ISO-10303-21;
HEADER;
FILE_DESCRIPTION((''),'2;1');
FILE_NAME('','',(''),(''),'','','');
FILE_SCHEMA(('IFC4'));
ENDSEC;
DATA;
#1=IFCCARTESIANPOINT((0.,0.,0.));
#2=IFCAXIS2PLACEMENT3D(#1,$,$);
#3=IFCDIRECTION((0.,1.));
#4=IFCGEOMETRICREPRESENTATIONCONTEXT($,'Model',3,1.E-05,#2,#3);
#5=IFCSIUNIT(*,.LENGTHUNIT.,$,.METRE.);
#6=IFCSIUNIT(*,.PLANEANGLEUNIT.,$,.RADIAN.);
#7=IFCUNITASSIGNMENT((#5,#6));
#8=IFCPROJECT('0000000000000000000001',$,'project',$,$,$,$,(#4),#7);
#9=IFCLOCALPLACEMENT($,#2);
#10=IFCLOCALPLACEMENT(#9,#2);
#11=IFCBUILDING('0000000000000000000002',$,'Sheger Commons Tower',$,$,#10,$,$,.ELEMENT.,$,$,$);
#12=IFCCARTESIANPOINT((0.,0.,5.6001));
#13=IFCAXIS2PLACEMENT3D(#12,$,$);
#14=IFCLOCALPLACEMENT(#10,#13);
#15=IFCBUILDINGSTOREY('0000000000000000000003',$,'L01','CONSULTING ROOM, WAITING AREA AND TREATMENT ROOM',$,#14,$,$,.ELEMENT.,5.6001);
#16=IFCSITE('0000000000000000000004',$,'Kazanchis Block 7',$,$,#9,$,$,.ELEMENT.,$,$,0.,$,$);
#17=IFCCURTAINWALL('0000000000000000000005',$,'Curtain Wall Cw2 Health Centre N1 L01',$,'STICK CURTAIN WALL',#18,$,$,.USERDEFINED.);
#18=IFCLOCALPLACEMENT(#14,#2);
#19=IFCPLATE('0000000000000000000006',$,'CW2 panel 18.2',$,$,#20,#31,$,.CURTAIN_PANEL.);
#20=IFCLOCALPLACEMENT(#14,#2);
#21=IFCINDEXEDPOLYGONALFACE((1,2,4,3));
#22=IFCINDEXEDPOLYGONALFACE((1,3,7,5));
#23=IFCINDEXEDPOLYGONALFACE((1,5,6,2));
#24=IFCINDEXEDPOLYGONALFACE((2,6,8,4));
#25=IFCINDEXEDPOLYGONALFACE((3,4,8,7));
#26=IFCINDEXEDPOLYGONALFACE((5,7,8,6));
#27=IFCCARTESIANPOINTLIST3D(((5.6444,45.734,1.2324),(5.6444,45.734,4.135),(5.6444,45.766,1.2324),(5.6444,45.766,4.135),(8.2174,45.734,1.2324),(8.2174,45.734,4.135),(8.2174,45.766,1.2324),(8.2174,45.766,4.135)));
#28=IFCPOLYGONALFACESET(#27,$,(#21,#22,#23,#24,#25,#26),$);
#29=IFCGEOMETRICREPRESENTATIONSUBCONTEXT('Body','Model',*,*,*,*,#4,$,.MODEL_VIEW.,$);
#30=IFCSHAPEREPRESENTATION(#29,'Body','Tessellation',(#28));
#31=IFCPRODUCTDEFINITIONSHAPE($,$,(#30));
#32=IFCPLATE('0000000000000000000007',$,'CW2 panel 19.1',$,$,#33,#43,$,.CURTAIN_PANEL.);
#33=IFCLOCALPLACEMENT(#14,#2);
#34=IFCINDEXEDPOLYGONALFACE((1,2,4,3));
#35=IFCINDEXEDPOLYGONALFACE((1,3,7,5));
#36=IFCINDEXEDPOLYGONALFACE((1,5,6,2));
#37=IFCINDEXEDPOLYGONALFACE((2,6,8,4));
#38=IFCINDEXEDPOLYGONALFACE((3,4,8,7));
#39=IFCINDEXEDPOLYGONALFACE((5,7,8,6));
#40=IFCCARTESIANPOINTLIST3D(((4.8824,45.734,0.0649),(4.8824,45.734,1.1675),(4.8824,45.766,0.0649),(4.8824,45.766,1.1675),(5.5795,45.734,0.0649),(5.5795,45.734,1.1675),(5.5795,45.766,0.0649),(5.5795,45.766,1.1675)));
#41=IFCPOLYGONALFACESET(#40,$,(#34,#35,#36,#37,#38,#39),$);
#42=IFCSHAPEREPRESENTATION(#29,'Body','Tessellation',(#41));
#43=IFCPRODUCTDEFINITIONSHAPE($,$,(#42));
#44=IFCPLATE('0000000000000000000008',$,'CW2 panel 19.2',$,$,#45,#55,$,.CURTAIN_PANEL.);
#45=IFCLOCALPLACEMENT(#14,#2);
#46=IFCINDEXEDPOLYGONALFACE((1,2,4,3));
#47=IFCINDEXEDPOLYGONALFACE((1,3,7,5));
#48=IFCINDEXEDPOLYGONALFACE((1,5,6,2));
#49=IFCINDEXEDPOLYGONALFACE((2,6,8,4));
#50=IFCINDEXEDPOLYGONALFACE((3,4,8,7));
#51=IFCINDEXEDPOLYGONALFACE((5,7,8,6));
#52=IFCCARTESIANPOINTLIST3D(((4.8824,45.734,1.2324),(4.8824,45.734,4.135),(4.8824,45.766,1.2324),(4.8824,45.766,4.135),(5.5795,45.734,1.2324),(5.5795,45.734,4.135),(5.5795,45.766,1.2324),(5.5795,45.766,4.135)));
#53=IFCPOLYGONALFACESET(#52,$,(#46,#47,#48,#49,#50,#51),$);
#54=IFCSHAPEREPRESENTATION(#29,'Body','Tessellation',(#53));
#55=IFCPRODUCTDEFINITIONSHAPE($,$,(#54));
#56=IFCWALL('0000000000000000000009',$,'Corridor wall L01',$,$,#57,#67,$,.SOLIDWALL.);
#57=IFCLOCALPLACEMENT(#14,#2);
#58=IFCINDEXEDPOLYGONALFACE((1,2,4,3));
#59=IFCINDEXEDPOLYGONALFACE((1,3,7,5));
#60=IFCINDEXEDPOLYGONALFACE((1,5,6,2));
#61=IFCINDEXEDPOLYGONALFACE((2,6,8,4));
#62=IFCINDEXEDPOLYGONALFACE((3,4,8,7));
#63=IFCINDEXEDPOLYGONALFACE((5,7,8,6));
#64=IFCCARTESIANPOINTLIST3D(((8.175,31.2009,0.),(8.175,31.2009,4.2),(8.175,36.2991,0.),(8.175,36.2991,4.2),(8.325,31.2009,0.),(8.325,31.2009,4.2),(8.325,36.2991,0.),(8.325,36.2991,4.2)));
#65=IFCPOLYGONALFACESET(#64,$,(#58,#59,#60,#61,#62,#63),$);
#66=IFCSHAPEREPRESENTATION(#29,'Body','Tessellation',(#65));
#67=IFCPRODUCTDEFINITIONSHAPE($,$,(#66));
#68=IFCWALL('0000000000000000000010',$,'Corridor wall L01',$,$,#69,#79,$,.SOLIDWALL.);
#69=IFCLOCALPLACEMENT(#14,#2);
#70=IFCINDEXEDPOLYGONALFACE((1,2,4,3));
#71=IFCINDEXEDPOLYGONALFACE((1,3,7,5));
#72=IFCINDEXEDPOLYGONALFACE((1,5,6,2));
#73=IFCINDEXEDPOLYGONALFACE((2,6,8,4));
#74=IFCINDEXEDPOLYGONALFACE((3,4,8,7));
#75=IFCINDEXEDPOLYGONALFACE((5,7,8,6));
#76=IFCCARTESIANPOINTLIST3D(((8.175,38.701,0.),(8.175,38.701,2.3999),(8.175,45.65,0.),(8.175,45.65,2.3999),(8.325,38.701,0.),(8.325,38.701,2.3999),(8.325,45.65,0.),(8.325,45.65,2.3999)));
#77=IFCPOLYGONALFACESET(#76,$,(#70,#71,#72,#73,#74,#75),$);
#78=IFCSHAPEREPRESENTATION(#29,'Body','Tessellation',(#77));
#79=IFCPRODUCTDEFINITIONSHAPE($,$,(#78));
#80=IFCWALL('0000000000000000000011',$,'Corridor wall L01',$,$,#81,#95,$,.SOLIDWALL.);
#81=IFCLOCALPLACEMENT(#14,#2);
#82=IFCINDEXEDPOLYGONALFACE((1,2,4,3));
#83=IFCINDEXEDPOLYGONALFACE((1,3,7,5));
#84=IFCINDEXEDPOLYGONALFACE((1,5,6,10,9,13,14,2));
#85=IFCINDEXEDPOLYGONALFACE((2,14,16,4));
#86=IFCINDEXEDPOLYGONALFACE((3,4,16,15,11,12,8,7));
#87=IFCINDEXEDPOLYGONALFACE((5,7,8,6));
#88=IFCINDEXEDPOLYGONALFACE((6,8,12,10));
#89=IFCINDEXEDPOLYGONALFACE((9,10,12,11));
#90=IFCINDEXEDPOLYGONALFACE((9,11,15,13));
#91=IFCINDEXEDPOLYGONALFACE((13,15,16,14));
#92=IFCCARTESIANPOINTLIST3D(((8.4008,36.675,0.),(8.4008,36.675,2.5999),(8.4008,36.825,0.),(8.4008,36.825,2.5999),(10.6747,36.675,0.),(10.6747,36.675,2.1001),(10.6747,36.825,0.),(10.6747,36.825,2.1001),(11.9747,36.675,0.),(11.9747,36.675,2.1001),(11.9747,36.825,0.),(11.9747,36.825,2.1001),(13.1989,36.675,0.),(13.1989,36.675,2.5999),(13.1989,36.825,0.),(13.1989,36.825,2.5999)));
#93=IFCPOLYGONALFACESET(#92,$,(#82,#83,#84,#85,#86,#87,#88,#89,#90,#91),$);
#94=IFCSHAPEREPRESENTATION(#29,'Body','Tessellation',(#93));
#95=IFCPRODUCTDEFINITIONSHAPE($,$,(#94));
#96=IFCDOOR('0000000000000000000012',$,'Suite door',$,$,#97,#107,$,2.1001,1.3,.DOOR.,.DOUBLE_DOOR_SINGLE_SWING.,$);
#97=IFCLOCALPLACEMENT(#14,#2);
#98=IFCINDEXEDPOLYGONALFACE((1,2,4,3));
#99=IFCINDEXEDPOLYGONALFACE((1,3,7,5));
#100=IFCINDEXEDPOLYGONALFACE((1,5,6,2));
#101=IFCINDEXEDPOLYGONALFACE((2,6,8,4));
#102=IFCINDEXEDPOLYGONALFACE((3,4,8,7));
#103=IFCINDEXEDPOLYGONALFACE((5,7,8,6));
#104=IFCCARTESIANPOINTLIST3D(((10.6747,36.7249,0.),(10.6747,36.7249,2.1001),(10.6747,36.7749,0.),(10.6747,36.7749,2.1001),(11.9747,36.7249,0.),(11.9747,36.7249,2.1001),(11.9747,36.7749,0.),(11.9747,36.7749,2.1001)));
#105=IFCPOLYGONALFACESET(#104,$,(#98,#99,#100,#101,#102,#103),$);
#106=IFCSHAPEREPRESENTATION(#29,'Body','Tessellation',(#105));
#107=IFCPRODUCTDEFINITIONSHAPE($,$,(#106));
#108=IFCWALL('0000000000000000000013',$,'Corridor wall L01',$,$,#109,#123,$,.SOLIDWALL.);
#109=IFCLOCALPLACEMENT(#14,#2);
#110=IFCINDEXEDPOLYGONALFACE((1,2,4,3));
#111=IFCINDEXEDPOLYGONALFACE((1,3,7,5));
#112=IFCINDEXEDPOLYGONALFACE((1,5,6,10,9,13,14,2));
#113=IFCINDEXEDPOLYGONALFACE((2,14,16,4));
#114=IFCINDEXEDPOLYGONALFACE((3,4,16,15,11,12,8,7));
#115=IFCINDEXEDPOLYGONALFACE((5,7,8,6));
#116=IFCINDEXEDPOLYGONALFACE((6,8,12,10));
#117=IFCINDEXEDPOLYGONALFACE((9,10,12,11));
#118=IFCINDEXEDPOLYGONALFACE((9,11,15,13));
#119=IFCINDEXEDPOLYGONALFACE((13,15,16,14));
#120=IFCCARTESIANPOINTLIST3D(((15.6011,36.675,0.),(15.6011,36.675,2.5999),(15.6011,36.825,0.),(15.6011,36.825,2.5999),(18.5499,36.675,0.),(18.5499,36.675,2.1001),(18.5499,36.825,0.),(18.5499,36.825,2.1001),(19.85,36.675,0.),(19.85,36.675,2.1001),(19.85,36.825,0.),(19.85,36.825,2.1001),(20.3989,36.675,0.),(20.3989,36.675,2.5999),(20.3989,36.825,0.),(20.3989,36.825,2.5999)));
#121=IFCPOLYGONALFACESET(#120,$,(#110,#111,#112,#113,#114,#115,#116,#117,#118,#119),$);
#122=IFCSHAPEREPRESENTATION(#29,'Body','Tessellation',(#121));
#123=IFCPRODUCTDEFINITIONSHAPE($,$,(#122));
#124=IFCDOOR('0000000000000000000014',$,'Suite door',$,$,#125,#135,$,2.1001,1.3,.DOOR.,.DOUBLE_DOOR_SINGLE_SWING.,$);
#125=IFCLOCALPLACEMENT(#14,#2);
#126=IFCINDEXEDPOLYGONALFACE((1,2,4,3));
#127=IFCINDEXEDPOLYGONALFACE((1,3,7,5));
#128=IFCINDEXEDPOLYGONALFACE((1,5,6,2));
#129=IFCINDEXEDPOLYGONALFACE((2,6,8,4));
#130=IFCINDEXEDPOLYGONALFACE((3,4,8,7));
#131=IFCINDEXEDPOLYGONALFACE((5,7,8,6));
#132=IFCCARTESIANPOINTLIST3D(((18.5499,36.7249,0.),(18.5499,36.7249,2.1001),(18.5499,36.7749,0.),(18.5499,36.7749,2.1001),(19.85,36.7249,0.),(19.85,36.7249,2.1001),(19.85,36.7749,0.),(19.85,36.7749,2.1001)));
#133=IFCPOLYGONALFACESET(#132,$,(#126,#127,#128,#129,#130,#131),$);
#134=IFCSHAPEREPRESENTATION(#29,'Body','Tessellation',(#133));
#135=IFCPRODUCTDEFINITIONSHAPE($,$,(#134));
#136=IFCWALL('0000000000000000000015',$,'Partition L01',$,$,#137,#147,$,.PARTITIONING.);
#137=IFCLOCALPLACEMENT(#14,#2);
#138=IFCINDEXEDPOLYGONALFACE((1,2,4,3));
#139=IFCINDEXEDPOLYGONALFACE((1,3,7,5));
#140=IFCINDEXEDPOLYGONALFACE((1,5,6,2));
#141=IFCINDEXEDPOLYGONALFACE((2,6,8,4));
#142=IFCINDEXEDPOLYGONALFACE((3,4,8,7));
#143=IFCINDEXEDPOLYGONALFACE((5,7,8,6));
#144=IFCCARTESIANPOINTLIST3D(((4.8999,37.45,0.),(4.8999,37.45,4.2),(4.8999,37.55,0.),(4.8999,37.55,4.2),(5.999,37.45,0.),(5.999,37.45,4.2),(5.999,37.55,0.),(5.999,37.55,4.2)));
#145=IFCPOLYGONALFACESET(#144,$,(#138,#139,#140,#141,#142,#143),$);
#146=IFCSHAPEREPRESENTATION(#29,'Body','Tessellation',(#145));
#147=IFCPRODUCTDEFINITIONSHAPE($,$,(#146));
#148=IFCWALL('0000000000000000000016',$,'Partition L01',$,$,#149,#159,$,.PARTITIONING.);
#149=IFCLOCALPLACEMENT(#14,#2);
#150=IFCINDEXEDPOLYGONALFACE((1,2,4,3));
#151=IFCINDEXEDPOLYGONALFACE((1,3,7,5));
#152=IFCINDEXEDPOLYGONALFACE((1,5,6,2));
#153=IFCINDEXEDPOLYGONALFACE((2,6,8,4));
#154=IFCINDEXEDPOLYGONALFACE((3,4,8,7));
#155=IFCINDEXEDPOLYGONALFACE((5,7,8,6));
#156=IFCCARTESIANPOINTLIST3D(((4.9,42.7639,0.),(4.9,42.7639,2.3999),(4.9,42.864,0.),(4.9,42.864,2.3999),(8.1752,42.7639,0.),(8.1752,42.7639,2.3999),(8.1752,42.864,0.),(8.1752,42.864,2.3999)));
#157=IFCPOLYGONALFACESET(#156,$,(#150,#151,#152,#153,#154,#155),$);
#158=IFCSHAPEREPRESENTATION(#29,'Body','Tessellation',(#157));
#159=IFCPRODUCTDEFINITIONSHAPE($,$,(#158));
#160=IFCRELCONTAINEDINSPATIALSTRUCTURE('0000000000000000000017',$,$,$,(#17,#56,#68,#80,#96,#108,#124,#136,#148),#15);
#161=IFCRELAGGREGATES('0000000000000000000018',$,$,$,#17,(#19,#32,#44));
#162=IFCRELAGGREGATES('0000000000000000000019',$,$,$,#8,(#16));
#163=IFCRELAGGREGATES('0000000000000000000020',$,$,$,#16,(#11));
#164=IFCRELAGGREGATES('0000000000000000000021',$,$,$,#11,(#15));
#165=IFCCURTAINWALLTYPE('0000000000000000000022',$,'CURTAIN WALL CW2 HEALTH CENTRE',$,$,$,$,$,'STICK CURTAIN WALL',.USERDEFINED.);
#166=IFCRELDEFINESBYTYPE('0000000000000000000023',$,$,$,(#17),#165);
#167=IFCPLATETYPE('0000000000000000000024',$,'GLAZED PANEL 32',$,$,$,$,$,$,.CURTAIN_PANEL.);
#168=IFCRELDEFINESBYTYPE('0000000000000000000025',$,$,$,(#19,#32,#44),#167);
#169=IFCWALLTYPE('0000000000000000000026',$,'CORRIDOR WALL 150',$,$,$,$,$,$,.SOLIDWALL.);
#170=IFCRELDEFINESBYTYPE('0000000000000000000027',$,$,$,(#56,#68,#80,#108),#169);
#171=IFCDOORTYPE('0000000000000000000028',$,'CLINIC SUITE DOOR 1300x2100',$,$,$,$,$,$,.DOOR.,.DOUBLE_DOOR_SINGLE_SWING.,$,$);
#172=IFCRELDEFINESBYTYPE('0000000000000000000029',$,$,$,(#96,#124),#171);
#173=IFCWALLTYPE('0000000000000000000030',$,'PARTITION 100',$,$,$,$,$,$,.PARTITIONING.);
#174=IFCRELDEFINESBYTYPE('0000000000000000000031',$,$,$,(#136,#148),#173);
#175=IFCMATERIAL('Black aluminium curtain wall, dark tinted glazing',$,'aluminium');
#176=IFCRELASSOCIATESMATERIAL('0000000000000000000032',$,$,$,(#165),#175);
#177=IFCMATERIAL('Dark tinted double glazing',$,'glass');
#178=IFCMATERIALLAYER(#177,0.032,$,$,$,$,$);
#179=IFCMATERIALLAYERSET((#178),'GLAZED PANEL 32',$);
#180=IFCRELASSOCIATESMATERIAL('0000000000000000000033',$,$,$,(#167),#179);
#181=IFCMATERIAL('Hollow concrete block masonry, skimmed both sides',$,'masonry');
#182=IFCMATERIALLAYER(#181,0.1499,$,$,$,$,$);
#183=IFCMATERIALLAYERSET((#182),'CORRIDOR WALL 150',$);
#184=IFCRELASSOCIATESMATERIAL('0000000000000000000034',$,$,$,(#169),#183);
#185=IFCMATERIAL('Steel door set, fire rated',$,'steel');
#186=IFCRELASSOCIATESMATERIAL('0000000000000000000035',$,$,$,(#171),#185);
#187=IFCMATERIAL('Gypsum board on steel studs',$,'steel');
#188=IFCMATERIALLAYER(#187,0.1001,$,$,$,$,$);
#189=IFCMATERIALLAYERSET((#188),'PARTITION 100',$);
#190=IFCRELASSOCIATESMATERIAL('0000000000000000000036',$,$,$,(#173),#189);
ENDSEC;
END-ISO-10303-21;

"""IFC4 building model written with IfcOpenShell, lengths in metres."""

from ifc_helpers import new_model, si_unit, direction, frame, frame_2d, origin, origin_2d, place, context, subcontext, project, spatial, rectangle, extrude, material, layer, layer_set, type_object, element, fill, aggregate, save


model = new_model("IFC4")

# Units and contexts
model_context = context("Model", 3, precision=1e-05, world=origin(), true_north=direction((0.0, 1.0)))
body_context = subcontext(model_context, "Body", "Model", "MODEL_VIEW")
ifc_project = project(units=[si_unit("LENGTHUNIT", "METRE"), si_unit("PLANEANGLEUNIT", "RADIAN")], contexts=[model_context])

# Site, building, storey
site_placement = place(None, origin())
site = spatial("IfcSite", under=ifc_project, at=site_placement, Name="Kazanchis Block 7", CompositionType="ELEMENT", RefElevation=0.0)
building_placement = place(site_placement, origin())
building = spatial("IfcBuilding", under=site, at=building_placement, Name="Sheger Commons Tower", CompositionType="ELEMENT")
storey_placement = place(building_placement, frame((0.0, 0.0, 5.6001)))
storey = spatial("IfcBuildingStorey", under=building, at=storey_placement, Name="L01", Description="CONSULTING ROOM, WAITING AREA AND TREATMENT ROOM", CompositionType="ELEMENT", Elevation=5.6001)

# Curtain wall
ifc_material_1 = material(Name="Black aluminium curtain wall, dark tinted glazing", Category="aluminium")
curtain_wall_type = type_object("IfcCurtainWallType", Name="CURTAIN WALL CW2 HEALTH CENTRE", ElementType="STICK CURTAIN WALL", PredefinedType="USERDEFINED", material=ifc_material_1)
curtain_wall_placement = place(storey_placement, origin())
curtain_wall = element("IfcCurtainWall", 1, at=curtain_wall_placement, inside=storey, type_object=curtain_wall_type, Name="Curtain Wall Cw2 Health Centre N1 L01", ObjectType="STICK CURTAIN WALL", PredefinedType="USERDEFINED")

# Plates
ifc_material_2 = material(Name="Dark tinted double glazing", Category="glass")
ifc_layer_1 = layer(ifc_material_2, 0.032)
ifc_layer_set_1 = layer_set([ifc_layer_1], Name="GLAZED PANEL 32")
plate_type = type_object("IfcPlateType", Name="GLAZED PANEL 32", PredefinedType="CURTAIN_PANEL", material=ifc_layer_set_1)
plate_1_placement = place(storey_placement, frame((6.9309, 45.75, 1.2324), z_axis=(0.0, 0.0, 1.0), x_axis=(-1.0, 0.0, 0.0)))
plate_1 = element("IfcPlate", 2, at=plate_1_placement, type_object=plate_type, Name="CW2 panel 18.2", PredefinedType="CURTAIN_PANEL", context=body_context, shape_type="SweptSolid", body=[
    extrude(rectangle(XDim=2.573, YDim=0.032, at=origin_2d()), origin(), (0.0, 0.0, 1.0), 2.9026),
])
plate_2_placement = place(storey_placement, frame((5.231, 45.75, 0.0649), z_axis=(0.0, 0.0, 1.0), x_axis=(-1.0, 0.0, 0.0)))
plate_2 = element("IfcPlate", 3, at=plate_2_placement, type_object=plate_type, Name="CW2 panel 19.1", PredefinedType="CURTAIN_PANEL", context=body_context, shape_type="SweptSolid", body=[
    extrude(rectangle(XDim=0.697, YDim=0.032, at=origin_2d()), origin(), (0.0, 0.0, 1.0), 1.1025),
])
plate_3_placement = place(storey_placement, frame((5.231, 45.75, 1.2324), z_axis=(0.0, 0.0, 1.0), x_axis=(-1.0, 0.0, 0.0)))
plate_3 = element("IfcPlate", 4, at=plate_3_placement, type_object=plate_type, Name="CW2 panel 19.2", PredefinedType="CURTAIN_PANEL", context=body_context, shape_type="SweptSolid", body=[
    extrude(rectangle(XDim=0.697, YDim=0.032, at=origin_2d()), origin(), (0.0, 0.0, 1.0), 2.9026),
])
aggregate(curtain_wall, [plate_1, plate_2, plate_3])

# Walls
ifc_material_3 = material(Name="Hollow concrete block masonry, skimmed both sides", Category="masonry")
ifc_layer_2 = layer(ifc_material_3, 0.1499)
ifc_layer_set_2 = layer_set([ifc_layer_2], Name="CORRIDOR WALL 150")
wall_type_1 = type_object("IfcWallType", Name="CORRIDOR WALL 150", PredefinedType="SOLIDWALL", material=ifc_layer_set_2)
wall_1_placement = place(storey_placement, frame((8.25, 31.2009, 0.0), z_axis=(0.0, 0.0, 1.0), x_axis=(0.0, 1.0, 0.0)))
element("IfcWall", 5, at=wall_1_placement, inside=storey, type_object=wall_type_1, Name="Corridor wall L01", PredefinedType="SOLIDWALL", context=body_context, shape_type="SweptSolid", body=[
    extrude(rectangle(XDim=5.0981, YDim=0.1499, at=frame_2d((2.5491, 0.0))), origin(), (0.0, 0.0, 1.0), 4.2),
])
wall_2_placement = place(storey_placement, frame((8.25, 38.7009, 0.0), z_axis=(0.0, 0.0, 1.0), x_axis=(0.0, 1.0, 0.0)))
element("IfcWall", 6, at=wall_2_placement, inside=storey, type_object=wall_type_1, Name="Corridor wall L01", PredefinedType="SOLIDWALL", context=body_context, shape_type="SweptSolid", body=[
    extrude(rectangle(XDim=6.949, YDim=0.1499, at=frame_2d((3.4746, 0.0))), origin(), (0.0, 0.0, 1.0), 2.3999),
])

# Walls, openings, doors
wall_3_placement = place(storey_placement, frame((8.4009, 36.75, 0.0), z_axis=(0.0, 0.0, 1.0), x_axis=(1.0, 0.0, 0.0)))
wall_3 = element("IfcWall", 7, at=wall_3_placement, inside=storey, type_object=wall_type_1, Name="Corridor wall L01", PredefinedType="SOLIDWALL", context=body_context, shape_type="SweptSolid", body=[
    extrude(rectangle(XDim=4.7981, YDim=0.1499, at=frame_2d((2.3989, 0.0))), origin(), (0.0, 0.0, 1.0), 2.5999),
])
opening_1_placement = place(wall_3_placement, frame((2.2739, 0.0, 0.0)))
opening_1 = element("IfcOpeningElement", 8, at=opening_1_placement, cuts=wall_3, PredefinedType="OPENING", context=body_context, shape_type="SweptSolid", body=[
    extrude(rectangle(XDim=1.3, YDim=2.1001, at=frame_2d((0.6499, 1.05))), frame((0.0, 0.085, 0.0), z_axis=(0.0, -1.0, 0.0), x_axis=(1.0, 0.0, 0.0)), (0.0, 0.0, 1.0), 0.1699),
])
ifc_material_4 = material(Name="Steel door set, fire rated", Category="steel")
door_type_1 = type_object("IfcDoorType", Name="CLINIC SUITE DOOR 1300x2100", OperationType="DOUBLE_DOOR_SINGLE_SWING", PredefinedType="DOOR", material=ifc_material_4)
door_1_placement = place(opening_1_placement, origin())
door_1 = element("IfcDoor", 9, at=door_1_placement, inside=storey, type_object=door_type_1, Name="Suite door", OperationType="DOUBLE_DOOR_SINGLE_SWING", OverallHeight=2.1001, OverallWidth=1.3, PredefinedType="DOOR", context=body_context, shape_type="SweptSolid", body=[
    extrude(rectangle(XDim=1.3, YDim=2.1001, at=frame_2d((0.6499, 1.05))), frame((0.0, 0.0249, 0.0), z_axis=(0.0, -1.0, 0.0), x_axis=(1.0, 0.0, 0.0)), (0.0, 0.0, 1.0), 0.05),
])
fill(opening_1, door_1)
wall_4_placement = place(storey_placement, frame((15.6011, 36.75, 0.0), z_axis=(0.0, 0.0, 1.0), x_axis=(1.0, 0.0, 0.0)))
wall_4 = element("IfcWall", 10, at=wall_4_placement, inside=storey, type_object=wall_type_1, Name="Corridor wall L01", PredefinedType="SOLIDWALL", context=body_context, shape_type="SweptSolid", body=[
    extrude(rectangle(XDim=4.7979, YDim=0.1499, at=frame_2d((2.3989, 0.0))), origin(), (0.0, 0.0, 1.0), 2.5999),
])
opening_2_placement = place(wall_4_placement, frame((2.949, 0.0, 0.0)))
opening_2 = element("IfcOpeningElement", 11, at=opening_2_placement, cuts=wall_4, PredefinedType="OPENING", context=body_context, shape_type="SweptSolid", body=[
    extrude(rectangle(XDim=1.3, YDim=2.1001, at=frame_2d((0.6499, 1.05))), frame((0.0, 0.085, 0.0), z_axis=(0.0, -1.0, 0.0), x_axis=(1.0, 0.0, 0.0)), (0.0, 0.0, 1.0), 0.1699),
])
door_2_placement = place(opening_2_placement, origin())
door_2 = element("IfcDoor", 12, at=door_2_placement, inside=storey, type_object=door_type_1, Name="Suite door", OperationType="DOUBLE_DOOR_SINGLE_SWING", OverallHeight=2.1001, OverallWidth=1.3, PredefinedType="DOOR", context=body_context, shape_type="SweptSolid", body=[
    extrude(rectangle(XDim=1.3, YDim=2.1001, at=frame_2d((0.6499, 1.05))), frame((0.0, 0.0249, 0.0), z_axis=(0.0, -1.0, 0.0), x_axis=(1.0, 0.0, 0.0)), (0.0, 0.0, 1.0), 0.05),
])
fill(opening_2, door_2)

# Walls
ifc_material_5 = material(Name="Gypsum board on steel studs", Category="steel")
ifc_layer_3 = layer(ifc_material_5, 0.1001)
ifc_layer_set_3 = layer_set([ifc_layer_3], Name="PARTITION 100")
wall_type_2 = type_object("IfcWallType", Name="PARTITION 100", PredefinedType="PARTITIONING", material=ifc_layer_set_3)
wall_5_placement = place(storey_placement, frame((4.8999, 37.5, 0.0), z_axis=(0.0, 0.0, 1.0), x_axis=(1.0, 0.0, 0.0)))
element("IfcWall", 13, at=wall_5_placement, inside=storey, type_object=wall_type_2, Name="Partition L01", PredefinedType="PARTITIONING", context=body_context, shape_type="SweptSolid", body=[
    extrude(rectangle(XDim=1.0991, YDim=0.1001, at=frame_2d((0.5496, 0.0))), origin(), (0.0, 0.0, 1.0), 4.2),
])
wall_6_placement = place(storey_placement, frame((4.8999, 42.814, 0.0), z_axis=(0.0, 0.0, 1.0), x_axis=(1.0, 0.0, 0.0)))
element("IfcWall", 14, at=wall_6_placement, inside=storey, type_object=wall_type_2, Name="Partition L01", PredefinedType="PARTITIONING", context=body_context, shape_type="SweptSolid", body=[
    extrude(rectangle(XDim=3.2751, YDim=0.1001, at=frame_2d((1.6377, 0.0))), origin(), (0.0, 0.0, 1.0), 2.3999),
])

save(model, "model.ifc")
